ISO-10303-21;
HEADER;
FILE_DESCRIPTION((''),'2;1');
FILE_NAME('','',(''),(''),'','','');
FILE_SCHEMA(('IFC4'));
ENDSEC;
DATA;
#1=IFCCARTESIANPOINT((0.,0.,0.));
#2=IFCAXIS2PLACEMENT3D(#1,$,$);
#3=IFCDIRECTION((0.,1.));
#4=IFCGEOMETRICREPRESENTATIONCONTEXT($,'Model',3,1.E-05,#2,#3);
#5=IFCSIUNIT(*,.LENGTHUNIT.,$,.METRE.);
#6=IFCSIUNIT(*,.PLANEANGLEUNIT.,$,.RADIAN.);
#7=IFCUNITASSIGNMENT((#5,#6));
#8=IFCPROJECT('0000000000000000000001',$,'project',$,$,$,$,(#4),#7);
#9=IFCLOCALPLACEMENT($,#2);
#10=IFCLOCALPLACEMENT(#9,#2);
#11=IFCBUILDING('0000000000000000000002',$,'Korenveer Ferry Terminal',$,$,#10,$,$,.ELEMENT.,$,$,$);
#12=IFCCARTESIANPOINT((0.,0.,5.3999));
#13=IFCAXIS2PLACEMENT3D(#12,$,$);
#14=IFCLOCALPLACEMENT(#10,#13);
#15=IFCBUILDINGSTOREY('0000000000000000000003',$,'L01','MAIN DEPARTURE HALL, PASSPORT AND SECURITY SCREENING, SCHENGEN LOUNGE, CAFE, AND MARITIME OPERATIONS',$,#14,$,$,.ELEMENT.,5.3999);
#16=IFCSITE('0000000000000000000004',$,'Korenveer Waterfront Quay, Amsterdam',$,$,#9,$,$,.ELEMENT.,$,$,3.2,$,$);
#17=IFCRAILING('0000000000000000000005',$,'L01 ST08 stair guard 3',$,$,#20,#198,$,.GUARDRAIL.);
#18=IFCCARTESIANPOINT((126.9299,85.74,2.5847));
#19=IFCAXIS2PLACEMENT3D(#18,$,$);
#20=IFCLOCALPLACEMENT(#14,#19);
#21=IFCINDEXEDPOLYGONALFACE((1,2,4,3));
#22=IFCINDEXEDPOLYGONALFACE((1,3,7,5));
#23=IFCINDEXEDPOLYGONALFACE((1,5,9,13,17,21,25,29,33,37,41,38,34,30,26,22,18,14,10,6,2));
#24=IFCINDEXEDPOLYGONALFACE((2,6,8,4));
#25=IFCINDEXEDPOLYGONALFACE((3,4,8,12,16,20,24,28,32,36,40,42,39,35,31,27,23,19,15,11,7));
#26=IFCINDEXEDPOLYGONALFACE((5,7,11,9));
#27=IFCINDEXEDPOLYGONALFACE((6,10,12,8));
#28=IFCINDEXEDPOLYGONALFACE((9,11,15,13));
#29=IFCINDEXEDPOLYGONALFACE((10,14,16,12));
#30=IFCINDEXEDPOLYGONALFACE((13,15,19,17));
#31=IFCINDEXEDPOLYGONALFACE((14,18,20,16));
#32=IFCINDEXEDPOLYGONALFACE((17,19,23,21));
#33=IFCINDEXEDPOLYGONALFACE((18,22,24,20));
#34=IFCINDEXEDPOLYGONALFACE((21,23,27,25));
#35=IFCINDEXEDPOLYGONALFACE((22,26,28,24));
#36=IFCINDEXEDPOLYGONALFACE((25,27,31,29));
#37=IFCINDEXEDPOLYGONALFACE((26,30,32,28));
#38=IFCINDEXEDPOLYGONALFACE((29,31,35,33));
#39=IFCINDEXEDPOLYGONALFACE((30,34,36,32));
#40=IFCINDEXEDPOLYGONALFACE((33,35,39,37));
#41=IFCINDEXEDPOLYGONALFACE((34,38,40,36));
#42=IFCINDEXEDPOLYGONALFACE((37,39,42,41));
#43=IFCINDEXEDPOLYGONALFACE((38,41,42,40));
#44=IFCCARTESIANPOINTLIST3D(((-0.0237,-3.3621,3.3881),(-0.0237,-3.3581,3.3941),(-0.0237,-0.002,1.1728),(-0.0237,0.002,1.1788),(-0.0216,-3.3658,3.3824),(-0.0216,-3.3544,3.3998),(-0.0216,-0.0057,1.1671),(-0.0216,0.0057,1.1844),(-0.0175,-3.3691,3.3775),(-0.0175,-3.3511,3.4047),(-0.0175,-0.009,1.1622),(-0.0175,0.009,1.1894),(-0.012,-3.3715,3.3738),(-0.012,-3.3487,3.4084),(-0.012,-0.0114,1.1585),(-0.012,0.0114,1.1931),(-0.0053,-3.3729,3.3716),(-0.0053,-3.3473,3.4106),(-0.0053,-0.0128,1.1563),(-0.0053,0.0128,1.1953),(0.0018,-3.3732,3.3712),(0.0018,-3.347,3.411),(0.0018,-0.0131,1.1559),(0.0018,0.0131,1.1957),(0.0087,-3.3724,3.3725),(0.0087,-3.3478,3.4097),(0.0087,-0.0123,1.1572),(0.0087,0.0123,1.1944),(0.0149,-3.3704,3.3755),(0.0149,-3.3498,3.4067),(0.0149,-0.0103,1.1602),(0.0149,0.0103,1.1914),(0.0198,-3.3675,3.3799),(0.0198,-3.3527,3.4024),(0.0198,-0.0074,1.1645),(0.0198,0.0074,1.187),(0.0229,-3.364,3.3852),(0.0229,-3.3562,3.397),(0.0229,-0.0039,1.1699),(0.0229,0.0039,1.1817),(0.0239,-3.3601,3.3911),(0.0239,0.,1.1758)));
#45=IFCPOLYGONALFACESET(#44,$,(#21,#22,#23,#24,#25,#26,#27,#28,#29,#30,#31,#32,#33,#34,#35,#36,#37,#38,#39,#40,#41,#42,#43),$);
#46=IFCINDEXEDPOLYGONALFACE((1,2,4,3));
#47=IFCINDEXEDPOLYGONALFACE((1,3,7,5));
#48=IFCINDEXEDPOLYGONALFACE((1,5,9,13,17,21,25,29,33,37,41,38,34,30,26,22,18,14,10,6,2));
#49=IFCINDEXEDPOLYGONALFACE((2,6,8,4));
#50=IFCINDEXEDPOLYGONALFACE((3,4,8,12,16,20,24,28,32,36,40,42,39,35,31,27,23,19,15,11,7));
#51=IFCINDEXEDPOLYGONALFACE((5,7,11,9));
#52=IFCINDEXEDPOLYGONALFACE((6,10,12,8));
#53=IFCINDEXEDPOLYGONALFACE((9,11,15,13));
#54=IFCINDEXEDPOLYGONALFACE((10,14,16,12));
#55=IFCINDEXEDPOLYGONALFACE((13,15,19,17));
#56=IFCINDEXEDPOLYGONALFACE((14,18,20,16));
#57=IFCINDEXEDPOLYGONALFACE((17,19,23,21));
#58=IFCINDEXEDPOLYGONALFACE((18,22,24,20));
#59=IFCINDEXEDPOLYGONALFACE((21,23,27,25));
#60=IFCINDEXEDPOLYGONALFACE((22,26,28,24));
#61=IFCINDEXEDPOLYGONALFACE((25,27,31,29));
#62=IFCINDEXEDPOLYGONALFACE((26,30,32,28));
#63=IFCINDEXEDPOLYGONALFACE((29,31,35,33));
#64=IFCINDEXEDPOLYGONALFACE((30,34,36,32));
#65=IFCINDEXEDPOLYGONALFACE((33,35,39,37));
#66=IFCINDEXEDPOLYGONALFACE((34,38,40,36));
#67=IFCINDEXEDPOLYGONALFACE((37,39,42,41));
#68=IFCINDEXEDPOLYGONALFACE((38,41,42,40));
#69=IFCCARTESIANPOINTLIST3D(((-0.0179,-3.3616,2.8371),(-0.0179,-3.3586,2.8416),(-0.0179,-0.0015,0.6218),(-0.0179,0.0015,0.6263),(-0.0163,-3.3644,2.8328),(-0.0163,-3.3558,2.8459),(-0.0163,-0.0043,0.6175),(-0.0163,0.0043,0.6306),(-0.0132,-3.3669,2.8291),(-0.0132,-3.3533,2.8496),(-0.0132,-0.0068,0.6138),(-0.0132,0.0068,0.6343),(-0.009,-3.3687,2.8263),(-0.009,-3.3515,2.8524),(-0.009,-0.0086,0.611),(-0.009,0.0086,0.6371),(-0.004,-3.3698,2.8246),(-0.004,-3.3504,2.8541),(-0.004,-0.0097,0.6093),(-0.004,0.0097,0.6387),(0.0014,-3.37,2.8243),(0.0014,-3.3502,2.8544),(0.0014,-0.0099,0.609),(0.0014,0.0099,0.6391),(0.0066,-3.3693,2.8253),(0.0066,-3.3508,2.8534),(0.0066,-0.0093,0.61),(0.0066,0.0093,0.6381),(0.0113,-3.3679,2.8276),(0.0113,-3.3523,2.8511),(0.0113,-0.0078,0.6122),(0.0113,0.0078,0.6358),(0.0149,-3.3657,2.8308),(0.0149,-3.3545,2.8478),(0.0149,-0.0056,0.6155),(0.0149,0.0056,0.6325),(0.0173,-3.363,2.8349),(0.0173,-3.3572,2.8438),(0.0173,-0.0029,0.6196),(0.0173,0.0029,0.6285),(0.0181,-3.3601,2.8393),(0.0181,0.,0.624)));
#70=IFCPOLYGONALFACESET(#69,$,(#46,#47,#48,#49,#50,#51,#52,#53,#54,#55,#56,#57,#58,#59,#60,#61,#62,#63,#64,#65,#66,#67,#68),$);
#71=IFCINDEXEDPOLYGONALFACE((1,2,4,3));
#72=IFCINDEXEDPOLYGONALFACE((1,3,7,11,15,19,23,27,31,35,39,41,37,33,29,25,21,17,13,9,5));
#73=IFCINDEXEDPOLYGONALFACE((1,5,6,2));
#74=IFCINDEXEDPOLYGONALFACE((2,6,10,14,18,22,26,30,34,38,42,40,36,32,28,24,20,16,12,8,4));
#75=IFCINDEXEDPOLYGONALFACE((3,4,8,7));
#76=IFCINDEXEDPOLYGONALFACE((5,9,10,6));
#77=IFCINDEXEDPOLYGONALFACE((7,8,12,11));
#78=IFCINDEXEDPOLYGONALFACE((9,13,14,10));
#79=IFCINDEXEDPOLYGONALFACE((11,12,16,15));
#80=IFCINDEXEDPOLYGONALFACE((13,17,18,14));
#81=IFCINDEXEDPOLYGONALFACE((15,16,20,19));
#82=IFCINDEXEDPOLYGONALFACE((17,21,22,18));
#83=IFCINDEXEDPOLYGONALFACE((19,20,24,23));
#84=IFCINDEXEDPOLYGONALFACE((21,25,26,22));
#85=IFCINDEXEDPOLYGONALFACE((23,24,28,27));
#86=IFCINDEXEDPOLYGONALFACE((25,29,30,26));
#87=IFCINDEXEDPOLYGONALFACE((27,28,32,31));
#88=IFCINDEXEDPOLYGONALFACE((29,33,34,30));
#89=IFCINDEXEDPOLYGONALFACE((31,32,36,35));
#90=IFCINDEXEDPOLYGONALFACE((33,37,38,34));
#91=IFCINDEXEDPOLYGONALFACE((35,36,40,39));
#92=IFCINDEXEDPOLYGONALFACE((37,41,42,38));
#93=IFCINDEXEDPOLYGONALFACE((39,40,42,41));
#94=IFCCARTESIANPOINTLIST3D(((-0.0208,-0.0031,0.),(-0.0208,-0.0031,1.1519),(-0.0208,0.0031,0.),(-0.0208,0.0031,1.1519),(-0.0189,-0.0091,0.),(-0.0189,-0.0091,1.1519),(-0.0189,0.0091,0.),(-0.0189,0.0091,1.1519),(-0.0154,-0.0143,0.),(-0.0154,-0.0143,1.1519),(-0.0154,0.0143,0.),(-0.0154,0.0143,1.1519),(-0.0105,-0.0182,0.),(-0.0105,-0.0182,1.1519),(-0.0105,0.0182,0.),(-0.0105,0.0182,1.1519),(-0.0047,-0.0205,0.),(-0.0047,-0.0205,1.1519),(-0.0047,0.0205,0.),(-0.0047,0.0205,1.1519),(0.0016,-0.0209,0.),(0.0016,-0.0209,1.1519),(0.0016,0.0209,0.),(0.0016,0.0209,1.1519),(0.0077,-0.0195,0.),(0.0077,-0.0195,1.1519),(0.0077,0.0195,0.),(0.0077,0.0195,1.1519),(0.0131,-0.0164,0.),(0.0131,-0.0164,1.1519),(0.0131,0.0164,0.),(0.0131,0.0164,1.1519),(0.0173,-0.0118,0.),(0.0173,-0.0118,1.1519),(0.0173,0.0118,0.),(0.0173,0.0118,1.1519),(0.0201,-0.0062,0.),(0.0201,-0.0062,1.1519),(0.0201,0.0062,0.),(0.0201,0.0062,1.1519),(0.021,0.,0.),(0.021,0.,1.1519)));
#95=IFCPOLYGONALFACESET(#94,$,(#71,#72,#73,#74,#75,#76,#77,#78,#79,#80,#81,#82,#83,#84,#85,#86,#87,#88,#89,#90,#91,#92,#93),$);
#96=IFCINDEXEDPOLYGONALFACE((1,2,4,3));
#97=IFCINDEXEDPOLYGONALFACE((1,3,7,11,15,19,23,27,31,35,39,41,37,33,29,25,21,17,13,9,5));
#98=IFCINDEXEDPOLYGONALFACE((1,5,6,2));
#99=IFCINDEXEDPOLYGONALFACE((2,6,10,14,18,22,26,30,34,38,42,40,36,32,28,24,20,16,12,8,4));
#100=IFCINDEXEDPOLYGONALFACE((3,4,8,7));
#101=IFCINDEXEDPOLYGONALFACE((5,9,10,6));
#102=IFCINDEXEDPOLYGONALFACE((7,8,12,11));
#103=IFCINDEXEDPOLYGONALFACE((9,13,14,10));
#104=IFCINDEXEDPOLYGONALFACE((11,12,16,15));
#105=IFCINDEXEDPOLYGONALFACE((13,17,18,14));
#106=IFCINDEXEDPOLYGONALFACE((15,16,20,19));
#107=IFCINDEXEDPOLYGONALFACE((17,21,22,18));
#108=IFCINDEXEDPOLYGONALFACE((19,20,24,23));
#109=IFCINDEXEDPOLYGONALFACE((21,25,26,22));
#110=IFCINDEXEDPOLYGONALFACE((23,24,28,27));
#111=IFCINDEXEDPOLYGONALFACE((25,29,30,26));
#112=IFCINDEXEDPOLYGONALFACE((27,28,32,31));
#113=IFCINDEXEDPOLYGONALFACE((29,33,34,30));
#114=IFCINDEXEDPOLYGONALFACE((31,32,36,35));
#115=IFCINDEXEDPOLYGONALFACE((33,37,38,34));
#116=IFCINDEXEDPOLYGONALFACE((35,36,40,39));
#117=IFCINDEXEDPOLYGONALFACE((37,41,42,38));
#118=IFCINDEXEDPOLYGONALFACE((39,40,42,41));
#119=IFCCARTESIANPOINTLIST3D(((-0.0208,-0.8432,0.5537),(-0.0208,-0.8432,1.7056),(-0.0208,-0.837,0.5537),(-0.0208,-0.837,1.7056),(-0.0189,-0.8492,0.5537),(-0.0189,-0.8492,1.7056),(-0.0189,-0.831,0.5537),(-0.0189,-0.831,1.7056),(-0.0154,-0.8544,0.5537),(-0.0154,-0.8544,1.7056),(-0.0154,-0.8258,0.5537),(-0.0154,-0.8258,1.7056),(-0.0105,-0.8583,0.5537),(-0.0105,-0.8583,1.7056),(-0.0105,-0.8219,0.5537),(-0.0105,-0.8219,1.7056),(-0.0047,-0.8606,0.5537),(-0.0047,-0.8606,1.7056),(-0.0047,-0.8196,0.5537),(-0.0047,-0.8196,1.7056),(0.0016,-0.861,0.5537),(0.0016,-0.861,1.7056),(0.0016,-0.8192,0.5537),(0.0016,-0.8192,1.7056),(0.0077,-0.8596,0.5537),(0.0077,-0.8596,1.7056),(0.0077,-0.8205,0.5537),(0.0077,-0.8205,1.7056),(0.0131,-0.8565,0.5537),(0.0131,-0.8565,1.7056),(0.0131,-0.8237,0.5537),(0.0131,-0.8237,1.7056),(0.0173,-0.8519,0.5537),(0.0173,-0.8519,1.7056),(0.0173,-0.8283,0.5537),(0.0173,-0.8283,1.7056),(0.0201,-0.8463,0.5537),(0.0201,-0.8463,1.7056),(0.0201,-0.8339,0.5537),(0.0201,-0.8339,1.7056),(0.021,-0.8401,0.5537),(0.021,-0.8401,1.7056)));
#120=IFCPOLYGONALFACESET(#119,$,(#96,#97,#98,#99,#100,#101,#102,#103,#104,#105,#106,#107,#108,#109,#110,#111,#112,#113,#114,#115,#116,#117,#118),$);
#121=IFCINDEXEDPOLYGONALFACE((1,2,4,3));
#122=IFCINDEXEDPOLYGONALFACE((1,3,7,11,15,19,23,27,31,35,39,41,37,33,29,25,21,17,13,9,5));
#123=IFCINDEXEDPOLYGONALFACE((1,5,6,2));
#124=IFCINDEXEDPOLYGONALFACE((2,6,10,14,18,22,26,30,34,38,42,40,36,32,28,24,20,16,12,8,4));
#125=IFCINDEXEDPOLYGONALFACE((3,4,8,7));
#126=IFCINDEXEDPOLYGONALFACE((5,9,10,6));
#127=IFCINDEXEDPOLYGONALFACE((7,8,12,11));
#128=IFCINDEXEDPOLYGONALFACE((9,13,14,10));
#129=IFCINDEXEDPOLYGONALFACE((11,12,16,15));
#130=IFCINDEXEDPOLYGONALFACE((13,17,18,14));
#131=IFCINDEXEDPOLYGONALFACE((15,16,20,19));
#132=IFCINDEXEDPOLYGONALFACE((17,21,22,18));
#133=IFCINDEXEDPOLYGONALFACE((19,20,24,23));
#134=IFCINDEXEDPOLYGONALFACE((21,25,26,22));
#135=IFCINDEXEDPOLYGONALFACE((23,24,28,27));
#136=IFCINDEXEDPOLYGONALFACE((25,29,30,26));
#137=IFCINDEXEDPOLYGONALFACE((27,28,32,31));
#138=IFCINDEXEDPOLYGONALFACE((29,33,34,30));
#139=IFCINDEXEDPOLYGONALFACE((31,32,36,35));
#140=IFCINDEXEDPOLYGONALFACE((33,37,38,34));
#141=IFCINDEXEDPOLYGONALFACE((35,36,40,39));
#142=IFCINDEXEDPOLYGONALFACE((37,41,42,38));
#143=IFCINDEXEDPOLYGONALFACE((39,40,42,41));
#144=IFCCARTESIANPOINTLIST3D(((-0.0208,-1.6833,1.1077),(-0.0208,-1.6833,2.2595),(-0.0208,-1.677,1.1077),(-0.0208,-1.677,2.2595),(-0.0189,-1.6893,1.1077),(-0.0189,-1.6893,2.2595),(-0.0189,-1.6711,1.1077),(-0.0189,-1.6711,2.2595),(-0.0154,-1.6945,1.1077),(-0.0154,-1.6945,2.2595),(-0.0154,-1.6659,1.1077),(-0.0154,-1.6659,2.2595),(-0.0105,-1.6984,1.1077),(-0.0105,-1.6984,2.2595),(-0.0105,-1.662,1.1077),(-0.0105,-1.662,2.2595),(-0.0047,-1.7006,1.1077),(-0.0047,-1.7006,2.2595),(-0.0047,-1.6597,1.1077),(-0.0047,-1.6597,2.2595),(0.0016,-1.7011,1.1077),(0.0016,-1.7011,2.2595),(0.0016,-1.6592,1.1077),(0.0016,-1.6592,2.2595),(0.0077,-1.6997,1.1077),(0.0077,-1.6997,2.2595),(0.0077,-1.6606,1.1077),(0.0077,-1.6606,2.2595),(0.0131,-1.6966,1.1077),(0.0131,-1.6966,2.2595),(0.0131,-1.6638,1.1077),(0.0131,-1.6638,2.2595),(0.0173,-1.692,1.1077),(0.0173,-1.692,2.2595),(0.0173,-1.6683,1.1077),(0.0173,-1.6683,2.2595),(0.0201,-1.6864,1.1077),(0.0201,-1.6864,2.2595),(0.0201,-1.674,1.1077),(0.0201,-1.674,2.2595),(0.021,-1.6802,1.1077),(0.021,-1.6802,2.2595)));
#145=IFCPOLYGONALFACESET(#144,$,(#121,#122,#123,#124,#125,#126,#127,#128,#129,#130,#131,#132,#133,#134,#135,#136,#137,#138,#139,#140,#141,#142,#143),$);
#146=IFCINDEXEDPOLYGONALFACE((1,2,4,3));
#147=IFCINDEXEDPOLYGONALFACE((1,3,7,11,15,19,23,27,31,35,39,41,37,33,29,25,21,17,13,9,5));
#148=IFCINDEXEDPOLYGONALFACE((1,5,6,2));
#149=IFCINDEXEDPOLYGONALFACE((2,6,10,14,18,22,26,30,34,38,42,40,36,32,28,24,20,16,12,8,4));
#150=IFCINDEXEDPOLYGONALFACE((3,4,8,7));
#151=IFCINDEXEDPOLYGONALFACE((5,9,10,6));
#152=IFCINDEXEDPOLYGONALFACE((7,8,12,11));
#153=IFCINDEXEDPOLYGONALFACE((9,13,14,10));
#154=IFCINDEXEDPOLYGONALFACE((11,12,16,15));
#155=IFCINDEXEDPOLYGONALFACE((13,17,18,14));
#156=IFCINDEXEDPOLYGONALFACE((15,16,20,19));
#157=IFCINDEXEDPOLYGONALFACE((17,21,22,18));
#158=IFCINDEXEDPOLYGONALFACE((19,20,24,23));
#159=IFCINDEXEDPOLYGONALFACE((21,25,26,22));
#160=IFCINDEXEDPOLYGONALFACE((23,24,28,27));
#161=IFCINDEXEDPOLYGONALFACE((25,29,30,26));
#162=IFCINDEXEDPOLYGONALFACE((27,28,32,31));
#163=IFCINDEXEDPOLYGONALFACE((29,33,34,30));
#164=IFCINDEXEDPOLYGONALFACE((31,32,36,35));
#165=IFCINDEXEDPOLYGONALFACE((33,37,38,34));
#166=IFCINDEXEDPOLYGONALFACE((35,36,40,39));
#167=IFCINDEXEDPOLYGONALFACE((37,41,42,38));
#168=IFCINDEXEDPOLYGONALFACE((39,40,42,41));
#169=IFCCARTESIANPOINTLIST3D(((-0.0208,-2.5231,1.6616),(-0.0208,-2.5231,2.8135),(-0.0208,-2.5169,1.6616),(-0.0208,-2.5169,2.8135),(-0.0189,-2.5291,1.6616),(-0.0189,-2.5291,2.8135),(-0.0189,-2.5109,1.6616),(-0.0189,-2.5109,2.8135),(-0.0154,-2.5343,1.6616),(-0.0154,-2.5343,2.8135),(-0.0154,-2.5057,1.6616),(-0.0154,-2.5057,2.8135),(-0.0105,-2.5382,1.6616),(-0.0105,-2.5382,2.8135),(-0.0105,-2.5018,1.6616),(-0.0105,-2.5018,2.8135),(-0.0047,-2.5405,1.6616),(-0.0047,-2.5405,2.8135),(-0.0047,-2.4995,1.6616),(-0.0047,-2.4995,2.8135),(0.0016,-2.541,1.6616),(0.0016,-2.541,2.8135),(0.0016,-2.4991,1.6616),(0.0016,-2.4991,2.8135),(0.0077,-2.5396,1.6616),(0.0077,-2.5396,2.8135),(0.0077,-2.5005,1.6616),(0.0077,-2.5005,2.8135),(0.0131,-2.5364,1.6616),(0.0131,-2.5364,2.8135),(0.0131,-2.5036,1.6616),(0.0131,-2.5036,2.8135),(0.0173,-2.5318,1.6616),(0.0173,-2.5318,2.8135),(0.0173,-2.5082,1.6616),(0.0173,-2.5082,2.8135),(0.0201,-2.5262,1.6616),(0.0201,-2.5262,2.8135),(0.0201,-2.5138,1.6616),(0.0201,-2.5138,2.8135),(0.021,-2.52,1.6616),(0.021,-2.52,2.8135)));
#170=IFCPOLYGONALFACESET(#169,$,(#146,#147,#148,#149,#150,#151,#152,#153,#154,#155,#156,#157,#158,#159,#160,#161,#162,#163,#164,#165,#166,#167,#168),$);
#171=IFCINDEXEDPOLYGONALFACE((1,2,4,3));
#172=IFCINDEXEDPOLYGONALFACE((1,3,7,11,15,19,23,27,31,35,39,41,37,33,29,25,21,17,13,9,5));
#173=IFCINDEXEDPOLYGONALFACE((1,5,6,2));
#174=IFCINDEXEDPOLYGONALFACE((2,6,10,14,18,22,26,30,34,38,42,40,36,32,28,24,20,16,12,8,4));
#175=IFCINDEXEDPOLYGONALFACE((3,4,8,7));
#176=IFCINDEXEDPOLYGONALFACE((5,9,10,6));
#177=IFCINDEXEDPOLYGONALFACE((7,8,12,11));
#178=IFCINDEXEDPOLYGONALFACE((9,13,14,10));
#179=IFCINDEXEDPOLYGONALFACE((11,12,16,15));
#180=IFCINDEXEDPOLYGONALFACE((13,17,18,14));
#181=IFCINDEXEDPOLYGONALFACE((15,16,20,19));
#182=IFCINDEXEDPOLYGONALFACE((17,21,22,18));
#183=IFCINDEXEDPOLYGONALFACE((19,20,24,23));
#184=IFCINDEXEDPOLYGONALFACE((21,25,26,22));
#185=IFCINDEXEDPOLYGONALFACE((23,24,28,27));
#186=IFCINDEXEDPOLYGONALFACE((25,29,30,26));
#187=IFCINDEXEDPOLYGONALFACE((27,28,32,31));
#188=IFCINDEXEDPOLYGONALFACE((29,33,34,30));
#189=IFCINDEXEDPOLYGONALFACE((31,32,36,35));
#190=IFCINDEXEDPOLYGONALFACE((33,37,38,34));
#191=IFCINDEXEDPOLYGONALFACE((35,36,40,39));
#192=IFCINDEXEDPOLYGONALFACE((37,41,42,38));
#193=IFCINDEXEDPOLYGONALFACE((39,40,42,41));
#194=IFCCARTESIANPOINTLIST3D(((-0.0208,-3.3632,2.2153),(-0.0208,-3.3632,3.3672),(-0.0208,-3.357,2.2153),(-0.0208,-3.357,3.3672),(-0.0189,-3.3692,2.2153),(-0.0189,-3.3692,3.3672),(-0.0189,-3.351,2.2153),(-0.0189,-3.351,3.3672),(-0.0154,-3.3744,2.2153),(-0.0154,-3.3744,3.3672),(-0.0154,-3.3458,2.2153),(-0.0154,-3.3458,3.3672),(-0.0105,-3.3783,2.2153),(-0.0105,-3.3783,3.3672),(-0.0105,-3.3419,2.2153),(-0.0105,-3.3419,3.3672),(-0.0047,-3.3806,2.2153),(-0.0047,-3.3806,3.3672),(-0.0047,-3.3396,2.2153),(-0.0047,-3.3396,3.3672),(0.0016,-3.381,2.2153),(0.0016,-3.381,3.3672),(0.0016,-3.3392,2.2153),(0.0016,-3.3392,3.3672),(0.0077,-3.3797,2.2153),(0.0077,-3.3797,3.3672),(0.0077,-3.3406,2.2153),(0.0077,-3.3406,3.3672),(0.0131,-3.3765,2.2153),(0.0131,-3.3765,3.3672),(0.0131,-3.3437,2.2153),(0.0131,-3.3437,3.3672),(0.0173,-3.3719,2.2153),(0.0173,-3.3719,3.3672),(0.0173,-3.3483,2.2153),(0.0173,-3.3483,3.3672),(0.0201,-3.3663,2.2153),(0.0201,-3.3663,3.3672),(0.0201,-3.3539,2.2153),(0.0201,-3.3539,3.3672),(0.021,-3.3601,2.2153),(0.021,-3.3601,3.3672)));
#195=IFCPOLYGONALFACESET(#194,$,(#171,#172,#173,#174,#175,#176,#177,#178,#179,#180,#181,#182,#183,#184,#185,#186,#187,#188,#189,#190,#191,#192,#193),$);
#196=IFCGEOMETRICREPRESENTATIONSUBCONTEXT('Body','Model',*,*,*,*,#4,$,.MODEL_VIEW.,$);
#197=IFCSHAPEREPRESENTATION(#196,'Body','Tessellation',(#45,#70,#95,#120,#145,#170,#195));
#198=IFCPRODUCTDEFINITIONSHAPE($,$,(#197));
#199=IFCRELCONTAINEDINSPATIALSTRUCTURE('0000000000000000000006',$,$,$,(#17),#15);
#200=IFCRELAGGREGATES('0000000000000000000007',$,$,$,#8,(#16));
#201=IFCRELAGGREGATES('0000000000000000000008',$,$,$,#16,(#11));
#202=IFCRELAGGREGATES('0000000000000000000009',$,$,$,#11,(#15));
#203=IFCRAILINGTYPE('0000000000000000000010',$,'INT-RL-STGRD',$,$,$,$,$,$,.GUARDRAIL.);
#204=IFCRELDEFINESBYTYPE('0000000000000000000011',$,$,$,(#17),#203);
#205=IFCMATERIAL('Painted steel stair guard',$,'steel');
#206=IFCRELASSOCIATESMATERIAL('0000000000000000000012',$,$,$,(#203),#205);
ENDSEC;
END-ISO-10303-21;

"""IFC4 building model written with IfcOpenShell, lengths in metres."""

from ifc_helpers import new_model, si_unit, direction, frame, origin, origin_2d, place, context, subcontext, project, spatial, circle, extrude, material, type_object, element, save


model = new_model("IFC4")

# Units and contexts
model_context = context("Model", 3, precision=1e-05, world=origin(), true_north=direction((0.0, 1.0)))
body_context = subcontext(model_context, "Body", "Model", "MODEL_VIEW")
ifc_project = project(units=[si_unit("LENGTHUNIT", "METRE"), si_unit("PLANEANGLEUNIT", "RADIAN")], contexts=[model_context])

# Site, building, storey
site_placement = place(None, origin())
site = spatial("IfcSite", under=ifc_project, at=site_placement, Name="Korenveer Waterfront Quay, Amsterdam", CompositionType="ELEMENT", RefElevation=3.2)
building_placement = place(site_placement, origin())
building = spatial("IfcBuilding", under=site, at=building_placement, Name="Korenveer Ferry Terminal", CompositionType="ELEMENT")
storey_placement = place(building_placement, frame((0.0, 0.0, 5.3999)))
storey = spatial("IfcBuildingStorey", under=building, at=storey_placement, Name="L01", Description="MAIN DEPARTURE HALL, PASSPORT AND SECURITY SCREENING, SCHENGEN LOUNGE, CAFE, AND MARITIME OPERATIONS", CompositionType="ELEMENT", Elevation=5.3999)

# Railing
ifc_material_1 = material(Name="Painted steel stair guard", Category="steel")
railing_type_1 = type_object("IfcRailingType", Name="INT-RL-STGRD", PredefinedType="GUARDRAIL", material=ifc_material_1)
railing_1_placement = place(storey_placement, frame((126.9299, 85.74, 2.5847)))
element("IfcRailing", 1, at=railing_1_placement, inside=storey, type_object=railing_type_1, Name="L01 ST08 stair guard 3", PredefinedType="GUARDRAIL", context=body_context, shape_type="SweptSolid", body=[
    extrude(circle(Radius=0.0239, at=origin_2d()), frame((0.0, 0.0, 1.1758), z_axis=(0.0, -0.834876, 0.550437), x_axis=(1.0, 0.0, 0.0)), (0.0, 0.0, 1.0), 4.0247),
    extrude(circle(Radius=0.0181, at=origin_2d()), frame((0.0, 0.0, 0.624), z_axis=(0.0, -0.834876, 0.550437), x_axis=(1.0, 0.0, 0.0)), (0.0, 0.0, 1.0), 4.0247),
    extrude(circle(Radius=0.021, at=origin_2d()), origin(), (0.0, 0.0, 1.0), 1.1519),
    extrude(circle(Radius=0.021, at=origin_2d()), frame((0.0, -0.8401, 0.5537)), (0.0, 0.0, 1.0), 1.1519),
    extrude(circle(Radius=0.021, at=origin_2d()), frame((0.0, -1.6802, 1.1077)), (0.0, 0.0, 1.0), 1.1519),
    extrude(circle(Radius=0.021, at=origin_2d()), frame((0.0, -2.52, 1.6616)), (0.0, 0.0, 1.0), 1.1519),
    extrude(circle(Radius=0.021, at=origin_2d()), frame((0.0, -3.3601, 2.2153)), (0.0, 0.0, 1.0), 1.1519),
])

save(model, "model.ifc")
